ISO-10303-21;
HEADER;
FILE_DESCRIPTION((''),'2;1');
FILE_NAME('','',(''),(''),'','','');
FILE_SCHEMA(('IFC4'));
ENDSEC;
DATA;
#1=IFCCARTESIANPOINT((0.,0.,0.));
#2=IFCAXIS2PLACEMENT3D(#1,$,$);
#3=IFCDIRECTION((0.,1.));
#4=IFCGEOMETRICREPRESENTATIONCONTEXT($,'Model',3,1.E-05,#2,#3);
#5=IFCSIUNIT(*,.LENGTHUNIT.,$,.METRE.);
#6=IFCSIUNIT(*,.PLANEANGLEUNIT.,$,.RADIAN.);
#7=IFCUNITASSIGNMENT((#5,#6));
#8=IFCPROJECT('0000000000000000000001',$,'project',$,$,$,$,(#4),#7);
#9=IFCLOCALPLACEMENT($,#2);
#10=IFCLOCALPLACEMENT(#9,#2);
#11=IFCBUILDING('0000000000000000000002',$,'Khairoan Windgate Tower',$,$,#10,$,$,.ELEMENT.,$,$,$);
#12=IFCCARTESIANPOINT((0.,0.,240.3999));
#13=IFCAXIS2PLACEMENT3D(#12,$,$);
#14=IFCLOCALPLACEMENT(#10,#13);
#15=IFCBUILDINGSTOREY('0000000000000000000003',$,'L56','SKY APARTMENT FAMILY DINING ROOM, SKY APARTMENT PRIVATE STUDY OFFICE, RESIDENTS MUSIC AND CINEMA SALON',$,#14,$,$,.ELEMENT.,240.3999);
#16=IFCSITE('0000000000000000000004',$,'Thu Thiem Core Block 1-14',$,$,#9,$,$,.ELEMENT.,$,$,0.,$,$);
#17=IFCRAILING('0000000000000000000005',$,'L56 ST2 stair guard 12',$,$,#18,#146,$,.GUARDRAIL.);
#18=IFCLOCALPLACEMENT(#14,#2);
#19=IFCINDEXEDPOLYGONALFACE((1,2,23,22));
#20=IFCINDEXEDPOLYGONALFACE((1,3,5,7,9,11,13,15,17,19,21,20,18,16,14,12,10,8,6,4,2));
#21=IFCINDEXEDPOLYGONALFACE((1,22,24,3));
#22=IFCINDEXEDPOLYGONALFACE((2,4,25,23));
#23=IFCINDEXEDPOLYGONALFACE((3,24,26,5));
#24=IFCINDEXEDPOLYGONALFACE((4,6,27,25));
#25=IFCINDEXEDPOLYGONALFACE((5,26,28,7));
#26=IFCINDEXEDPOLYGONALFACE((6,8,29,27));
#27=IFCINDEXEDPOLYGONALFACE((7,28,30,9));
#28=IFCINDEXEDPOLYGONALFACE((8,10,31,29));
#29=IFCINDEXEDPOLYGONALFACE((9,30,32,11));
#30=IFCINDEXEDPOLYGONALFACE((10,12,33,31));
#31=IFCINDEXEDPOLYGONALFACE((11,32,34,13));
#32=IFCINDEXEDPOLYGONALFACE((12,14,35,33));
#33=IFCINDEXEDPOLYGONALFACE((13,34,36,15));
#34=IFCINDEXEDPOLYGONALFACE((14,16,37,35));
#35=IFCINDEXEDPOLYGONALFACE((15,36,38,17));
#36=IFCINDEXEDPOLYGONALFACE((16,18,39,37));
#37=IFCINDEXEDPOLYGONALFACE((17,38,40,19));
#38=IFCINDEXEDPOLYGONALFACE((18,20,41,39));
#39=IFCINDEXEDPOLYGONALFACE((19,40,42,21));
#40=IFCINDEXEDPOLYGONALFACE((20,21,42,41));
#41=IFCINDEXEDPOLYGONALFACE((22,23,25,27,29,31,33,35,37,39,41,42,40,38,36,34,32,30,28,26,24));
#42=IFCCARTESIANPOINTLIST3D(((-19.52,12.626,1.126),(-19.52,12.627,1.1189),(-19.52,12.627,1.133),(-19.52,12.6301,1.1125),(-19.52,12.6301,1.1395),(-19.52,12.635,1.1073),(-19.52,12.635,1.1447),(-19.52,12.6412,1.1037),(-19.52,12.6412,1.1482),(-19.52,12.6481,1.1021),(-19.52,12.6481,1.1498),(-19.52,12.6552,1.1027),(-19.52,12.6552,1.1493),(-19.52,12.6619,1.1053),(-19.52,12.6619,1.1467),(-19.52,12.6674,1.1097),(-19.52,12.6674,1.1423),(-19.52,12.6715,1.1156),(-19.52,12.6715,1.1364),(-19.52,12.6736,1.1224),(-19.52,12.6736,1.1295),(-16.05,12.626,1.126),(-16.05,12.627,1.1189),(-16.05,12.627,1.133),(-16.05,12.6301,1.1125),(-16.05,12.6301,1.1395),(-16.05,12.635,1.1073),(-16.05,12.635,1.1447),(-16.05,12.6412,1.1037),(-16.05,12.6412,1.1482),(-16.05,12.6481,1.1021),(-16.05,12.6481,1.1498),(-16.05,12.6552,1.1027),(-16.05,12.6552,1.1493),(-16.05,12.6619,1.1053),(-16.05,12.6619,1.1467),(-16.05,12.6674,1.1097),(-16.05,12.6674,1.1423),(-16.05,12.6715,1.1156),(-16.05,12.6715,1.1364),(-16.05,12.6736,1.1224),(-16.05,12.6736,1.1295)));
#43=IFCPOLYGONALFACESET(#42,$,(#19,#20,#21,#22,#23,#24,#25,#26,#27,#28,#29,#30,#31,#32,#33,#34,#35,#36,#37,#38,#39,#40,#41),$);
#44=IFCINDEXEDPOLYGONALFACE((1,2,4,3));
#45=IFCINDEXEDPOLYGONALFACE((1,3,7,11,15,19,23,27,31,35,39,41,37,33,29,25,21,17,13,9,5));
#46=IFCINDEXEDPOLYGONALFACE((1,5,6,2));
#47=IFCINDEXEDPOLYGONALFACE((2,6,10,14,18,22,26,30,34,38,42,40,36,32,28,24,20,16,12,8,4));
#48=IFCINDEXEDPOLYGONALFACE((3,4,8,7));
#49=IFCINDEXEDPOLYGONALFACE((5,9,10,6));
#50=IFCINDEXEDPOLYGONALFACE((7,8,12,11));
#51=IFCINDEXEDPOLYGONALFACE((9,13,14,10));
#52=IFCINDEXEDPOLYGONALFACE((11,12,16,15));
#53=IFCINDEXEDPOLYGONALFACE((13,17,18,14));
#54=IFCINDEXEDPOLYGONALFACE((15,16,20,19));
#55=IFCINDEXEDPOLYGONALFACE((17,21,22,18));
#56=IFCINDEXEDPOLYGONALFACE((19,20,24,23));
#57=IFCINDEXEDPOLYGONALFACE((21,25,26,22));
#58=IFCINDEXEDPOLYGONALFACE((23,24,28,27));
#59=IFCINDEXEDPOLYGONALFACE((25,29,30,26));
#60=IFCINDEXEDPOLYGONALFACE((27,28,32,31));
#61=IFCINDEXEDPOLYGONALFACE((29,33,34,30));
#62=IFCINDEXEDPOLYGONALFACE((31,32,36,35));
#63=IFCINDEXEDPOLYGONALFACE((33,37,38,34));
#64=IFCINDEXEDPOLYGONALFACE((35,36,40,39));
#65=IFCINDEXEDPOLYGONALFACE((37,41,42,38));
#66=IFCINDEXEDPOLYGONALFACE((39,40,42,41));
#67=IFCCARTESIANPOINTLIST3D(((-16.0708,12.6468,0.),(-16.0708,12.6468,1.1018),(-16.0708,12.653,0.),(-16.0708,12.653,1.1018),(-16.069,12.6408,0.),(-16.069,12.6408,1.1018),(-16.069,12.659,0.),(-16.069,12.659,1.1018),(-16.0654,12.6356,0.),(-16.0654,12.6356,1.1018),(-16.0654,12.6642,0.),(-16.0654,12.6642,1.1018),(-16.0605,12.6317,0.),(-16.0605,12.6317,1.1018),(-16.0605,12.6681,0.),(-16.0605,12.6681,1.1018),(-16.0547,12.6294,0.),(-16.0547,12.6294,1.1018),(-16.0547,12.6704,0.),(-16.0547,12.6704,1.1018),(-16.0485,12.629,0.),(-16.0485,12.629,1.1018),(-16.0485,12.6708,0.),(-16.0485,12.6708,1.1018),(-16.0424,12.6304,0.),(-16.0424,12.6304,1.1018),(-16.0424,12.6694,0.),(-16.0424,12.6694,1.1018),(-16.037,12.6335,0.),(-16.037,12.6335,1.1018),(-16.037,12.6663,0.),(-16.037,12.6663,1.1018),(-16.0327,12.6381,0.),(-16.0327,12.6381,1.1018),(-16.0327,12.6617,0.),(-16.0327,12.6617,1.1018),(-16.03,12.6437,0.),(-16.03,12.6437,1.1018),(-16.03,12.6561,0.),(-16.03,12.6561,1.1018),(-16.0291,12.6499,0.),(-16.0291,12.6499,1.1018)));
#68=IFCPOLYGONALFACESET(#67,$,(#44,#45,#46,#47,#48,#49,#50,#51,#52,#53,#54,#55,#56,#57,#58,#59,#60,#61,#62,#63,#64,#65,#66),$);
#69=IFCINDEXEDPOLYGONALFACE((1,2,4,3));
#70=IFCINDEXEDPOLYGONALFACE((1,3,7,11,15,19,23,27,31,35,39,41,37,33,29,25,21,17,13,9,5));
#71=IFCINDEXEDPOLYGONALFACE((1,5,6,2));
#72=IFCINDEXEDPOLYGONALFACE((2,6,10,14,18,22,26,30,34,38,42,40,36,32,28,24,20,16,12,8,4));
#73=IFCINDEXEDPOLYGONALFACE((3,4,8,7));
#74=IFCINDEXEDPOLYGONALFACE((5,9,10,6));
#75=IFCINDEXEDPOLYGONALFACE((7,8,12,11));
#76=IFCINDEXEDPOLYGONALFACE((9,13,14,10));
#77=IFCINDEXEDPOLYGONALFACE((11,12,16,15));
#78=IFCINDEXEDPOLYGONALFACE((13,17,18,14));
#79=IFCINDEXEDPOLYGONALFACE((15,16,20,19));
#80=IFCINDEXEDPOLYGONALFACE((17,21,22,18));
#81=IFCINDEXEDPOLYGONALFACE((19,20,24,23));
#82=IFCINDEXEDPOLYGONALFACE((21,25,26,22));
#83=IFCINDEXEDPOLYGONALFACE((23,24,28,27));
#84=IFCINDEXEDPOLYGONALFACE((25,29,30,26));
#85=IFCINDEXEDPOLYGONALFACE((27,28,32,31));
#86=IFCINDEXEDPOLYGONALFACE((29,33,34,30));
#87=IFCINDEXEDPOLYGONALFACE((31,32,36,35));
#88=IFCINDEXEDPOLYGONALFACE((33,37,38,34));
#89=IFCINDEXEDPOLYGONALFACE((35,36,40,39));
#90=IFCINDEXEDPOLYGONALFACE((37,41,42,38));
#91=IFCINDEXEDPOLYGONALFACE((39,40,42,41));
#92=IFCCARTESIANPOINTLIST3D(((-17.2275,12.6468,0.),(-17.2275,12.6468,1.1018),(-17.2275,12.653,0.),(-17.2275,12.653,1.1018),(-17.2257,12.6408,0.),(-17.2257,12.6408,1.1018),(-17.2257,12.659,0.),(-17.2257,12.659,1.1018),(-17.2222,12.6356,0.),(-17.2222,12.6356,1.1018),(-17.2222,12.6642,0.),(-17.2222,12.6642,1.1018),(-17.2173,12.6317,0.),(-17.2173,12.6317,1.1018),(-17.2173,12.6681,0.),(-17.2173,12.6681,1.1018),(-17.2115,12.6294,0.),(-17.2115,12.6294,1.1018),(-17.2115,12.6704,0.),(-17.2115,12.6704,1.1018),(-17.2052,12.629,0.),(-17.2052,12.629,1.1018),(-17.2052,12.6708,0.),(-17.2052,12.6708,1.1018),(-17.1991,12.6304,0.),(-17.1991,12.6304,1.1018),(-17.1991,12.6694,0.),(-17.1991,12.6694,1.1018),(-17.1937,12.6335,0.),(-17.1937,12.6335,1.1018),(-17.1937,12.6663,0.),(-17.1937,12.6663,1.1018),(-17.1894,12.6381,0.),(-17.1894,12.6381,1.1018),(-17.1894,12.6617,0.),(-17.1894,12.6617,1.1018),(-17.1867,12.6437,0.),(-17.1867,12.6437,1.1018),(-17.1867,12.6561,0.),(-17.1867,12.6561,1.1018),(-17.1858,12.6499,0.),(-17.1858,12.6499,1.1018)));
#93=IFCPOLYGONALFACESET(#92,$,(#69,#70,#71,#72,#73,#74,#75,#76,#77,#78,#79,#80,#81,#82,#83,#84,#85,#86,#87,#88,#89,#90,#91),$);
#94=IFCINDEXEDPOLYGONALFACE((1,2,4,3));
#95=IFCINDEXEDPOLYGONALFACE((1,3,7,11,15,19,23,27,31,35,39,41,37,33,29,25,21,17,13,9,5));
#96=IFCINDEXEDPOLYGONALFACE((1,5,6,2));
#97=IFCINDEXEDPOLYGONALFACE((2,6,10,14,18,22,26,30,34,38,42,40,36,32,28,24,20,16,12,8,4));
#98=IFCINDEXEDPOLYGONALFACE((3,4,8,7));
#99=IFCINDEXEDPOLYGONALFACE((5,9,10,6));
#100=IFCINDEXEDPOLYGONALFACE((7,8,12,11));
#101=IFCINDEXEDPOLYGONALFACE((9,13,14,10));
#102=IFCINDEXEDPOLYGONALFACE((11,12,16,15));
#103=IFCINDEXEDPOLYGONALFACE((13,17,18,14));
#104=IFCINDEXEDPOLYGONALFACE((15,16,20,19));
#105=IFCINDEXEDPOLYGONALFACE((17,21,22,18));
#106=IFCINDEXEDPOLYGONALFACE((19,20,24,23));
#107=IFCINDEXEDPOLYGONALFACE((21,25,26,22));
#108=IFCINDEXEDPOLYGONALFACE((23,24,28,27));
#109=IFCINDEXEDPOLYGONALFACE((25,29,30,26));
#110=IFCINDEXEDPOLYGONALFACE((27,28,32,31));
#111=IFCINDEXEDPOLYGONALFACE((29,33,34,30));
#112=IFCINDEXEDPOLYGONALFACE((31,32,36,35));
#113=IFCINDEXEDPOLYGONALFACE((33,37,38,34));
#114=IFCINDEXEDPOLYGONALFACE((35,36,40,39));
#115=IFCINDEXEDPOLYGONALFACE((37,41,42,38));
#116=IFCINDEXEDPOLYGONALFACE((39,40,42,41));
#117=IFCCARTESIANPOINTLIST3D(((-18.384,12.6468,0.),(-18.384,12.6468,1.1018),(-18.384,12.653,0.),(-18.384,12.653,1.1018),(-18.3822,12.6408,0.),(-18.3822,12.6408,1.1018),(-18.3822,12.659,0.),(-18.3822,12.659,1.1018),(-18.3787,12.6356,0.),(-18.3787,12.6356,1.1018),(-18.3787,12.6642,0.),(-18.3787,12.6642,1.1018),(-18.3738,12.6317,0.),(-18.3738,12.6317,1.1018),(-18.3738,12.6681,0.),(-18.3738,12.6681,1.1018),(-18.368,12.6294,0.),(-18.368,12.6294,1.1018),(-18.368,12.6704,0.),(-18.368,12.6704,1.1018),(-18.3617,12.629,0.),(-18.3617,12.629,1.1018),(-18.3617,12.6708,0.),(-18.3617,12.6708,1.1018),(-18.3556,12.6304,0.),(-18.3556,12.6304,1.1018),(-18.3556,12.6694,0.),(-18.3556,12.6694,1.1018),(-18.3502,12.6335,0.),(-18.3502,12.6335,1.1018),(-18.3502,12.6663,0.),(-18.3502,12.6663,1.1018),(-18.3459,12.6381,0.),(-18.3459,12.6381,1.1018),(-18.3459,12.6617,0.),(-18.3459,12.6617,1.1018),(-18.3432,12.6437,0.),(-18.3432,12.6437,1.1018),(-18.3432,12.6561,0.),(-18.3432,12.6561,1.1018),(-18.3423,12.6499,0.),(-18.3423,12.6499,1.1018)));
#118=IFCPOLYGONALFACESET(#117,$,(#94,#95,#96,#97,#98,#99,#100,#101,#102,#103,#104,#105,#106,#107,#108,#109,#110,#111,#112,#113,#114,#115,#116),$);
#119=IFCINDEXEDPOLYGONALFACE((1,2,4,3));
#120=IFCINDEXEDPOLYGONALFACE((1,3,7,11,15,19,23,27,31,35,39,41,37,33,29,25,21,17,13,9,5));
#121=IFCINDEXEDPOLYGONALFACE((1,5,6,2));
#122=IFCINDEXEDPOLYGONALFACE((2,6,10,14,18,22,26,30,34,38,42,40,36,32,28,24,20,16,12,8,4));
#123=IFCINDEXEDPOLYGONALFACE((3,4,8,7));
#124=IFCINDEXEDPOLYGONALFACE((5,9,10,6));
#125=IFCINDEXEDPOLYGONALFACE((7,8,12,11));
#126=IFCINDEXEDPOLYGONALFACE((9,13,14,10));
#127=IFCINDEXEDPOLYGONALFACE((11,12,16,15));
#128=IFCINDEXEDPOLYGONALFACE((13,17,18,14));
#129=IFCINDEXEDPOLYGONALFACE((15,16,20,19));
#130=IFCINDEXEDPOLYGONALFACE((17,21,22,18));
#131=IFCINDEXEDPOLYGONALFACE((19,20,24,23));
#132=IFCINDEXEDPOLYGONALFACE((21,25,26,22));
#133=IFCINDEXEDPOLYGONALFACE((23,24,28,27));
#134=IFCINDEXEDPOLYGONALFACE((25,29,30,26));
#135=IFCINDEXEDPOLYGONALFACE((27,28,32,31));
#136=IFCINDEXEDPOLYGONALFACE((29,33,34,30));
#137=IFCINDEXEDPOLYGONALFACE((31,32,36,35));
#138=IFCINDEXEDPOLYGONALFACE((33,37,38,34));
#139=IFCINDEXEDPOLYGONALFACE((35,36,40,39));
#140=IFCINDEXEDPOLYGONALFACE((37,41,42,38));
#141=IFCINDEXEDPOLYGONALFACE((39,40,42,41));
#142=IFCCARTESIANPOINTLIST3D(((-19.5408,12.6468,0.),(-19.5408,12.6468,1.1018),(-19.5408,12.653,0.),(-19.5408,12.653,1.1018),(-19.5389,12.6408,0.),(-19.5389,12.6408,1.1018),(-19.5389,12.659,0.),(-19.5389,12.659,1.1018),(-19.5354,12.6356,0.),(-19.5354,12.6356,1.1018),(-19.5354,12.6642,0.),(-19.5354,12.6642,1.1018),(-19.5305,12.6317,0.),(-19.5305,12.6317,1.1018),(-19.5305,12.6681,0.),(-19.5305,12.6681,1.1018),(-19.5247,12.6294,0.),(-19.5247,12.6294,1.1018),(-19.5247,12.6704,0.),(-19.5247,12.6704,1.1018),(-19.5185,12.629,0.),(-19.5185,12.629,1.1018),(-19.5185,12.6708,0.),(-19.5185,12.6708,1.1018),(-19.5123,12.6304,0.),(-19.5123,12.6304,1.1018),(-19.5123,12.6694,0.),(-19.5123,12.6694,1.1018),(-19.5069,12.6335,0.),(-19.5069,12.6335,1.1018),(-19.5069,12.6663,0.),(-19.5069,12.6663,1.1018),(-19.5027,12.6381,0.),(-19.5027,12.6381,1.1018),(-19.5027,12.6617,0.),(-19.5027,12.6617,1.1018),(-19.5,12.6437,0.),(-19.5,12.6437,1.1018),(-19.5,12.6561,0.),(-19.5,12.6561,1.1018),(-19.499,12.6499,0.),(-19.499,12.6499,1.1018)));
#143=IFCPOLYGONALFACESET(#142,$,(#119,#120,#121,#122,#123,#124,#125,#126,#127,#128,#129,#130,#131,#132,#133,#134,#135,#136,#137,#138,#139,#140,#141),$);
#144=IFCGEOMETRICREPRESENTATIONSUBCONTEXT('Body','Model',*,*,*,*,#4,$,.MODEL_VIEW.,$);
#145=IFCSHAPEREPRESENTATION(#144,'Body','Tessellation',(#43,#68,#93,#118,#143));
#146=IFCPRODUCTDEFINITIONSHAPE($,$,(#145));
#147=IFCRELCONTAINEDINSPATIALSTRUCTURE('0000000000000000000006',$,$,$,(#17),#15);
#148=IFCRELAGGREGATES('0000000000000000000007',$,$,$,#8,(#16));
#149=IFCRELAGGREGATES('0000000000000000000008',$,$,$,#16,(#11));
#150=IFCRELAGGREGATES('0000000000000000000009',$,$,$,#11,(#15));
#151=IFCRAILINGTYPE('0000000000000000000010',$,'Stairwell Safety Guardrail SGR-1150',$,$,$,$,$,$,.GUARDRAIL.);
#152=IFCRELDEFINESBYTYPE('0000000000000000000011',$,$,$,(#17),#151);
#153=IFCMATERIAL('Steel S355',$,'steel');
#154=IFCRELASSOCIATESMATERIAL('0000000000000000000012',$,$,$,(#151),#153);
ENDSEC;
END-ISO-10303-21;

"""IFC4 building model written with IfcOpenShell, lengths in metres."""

from ifc_helpers import new_model, si_unit, direction, frame, origin, origin_2d, place, context, subcontext, project, spatial, circle, extrude, material, type_object, element, save


model = new_model("IFC4")

# Units and contexts
model_context = context("Model", 3, precision=1e-05, world=origin(), true_north=direction((0.0, 1.0)))
body_context = subcontext(model_context, "Body", "Model", "MODEL_VIEW")
ifc_project = project(units=[si_unit("LENGTHUNIT", "METRE"), si_unit("PLANEANGLEUNIT", "RADIAN")], contexts=[model_context])

# Site, building, storey
site_placement = place(None, origin())
site = spatial("IfcSite", under=ifc_project, at=site_placement, Name="Thu Thiem Core Block 1-14", CompositionType="ELEMENT", RefElevation=0.0)
building_placement = place(site_placement, origin())
building = spatial("IfcBuilding", under=site, at=building_placement, Name="Khairoan Windgate Tower", CompositionType="ELEMENT")
storey_placement = place(building_placement, frame((0.0, 0.0, 240.3999)))
storey = spatial("IfcBuildingStorey", under=building, at=storey_placement, Name="L56", Description="SKY APARTMENT FAMILY DINING ROOM, SKY APARTMENT PRIVATE STUDY OFFICE, RESIDENTS MUSIC AND CINEMA SALON", CompositionType="ELEMENT", Elevation=240.3999)

# Railing
ifc_material_1 = material(Name="Steel S355", Category="steel")
railing_type = type_object("IfcRailingType", Name="Stairwell Safety Guardrail SGR-1150", PredefinedType="GUARDRAIL", material=ifc_material_1)
railing_1_placement = place(storey_placement, frame((-16.05, 12.6499, 0.0)))
element("IfcRailing", 1, at=railing_1_placement, inside=storey, type_object=railing_type, Name="L56 ST2 stair guard 12", PredefinedType="GUARDRAIL", context=body_context, shape_type="SweptSolid", body=[
    extrude(circle(Radius=0.0239, at=origin_2d()), frame((0.0, 0.0, 1.126), z_axis=(-1.0, 0.0, 0.0), x_axis=(0.0, -1.0, 0.0)), (0.0, 0.0, 1.0), 3.47),
    extrude(circle(Radius=0.021, at=origin_2d()), origin(), (0.0, 0.0, 1.0), 1.1018),
    extrude(circle(Radius=0.021, at=origin_2d()), frame((-1.1567, 0.0, 0.0)), (0.0, 0.0, 1.0), 1.1018),
    extrude(circle(Radius=0.021, at=origin_2d()), frame((-2.3132, 0.0, 0.0)), (0.0, 0.0, 1.0), 1.1018),
    extrude(circle(Radius=0.021, at=origin_2d()), frame((-3.47, 0.0, 0.0)), (0.0, 0.0, 1.0), 1.1018),
])

save(model, "model.ifc")
